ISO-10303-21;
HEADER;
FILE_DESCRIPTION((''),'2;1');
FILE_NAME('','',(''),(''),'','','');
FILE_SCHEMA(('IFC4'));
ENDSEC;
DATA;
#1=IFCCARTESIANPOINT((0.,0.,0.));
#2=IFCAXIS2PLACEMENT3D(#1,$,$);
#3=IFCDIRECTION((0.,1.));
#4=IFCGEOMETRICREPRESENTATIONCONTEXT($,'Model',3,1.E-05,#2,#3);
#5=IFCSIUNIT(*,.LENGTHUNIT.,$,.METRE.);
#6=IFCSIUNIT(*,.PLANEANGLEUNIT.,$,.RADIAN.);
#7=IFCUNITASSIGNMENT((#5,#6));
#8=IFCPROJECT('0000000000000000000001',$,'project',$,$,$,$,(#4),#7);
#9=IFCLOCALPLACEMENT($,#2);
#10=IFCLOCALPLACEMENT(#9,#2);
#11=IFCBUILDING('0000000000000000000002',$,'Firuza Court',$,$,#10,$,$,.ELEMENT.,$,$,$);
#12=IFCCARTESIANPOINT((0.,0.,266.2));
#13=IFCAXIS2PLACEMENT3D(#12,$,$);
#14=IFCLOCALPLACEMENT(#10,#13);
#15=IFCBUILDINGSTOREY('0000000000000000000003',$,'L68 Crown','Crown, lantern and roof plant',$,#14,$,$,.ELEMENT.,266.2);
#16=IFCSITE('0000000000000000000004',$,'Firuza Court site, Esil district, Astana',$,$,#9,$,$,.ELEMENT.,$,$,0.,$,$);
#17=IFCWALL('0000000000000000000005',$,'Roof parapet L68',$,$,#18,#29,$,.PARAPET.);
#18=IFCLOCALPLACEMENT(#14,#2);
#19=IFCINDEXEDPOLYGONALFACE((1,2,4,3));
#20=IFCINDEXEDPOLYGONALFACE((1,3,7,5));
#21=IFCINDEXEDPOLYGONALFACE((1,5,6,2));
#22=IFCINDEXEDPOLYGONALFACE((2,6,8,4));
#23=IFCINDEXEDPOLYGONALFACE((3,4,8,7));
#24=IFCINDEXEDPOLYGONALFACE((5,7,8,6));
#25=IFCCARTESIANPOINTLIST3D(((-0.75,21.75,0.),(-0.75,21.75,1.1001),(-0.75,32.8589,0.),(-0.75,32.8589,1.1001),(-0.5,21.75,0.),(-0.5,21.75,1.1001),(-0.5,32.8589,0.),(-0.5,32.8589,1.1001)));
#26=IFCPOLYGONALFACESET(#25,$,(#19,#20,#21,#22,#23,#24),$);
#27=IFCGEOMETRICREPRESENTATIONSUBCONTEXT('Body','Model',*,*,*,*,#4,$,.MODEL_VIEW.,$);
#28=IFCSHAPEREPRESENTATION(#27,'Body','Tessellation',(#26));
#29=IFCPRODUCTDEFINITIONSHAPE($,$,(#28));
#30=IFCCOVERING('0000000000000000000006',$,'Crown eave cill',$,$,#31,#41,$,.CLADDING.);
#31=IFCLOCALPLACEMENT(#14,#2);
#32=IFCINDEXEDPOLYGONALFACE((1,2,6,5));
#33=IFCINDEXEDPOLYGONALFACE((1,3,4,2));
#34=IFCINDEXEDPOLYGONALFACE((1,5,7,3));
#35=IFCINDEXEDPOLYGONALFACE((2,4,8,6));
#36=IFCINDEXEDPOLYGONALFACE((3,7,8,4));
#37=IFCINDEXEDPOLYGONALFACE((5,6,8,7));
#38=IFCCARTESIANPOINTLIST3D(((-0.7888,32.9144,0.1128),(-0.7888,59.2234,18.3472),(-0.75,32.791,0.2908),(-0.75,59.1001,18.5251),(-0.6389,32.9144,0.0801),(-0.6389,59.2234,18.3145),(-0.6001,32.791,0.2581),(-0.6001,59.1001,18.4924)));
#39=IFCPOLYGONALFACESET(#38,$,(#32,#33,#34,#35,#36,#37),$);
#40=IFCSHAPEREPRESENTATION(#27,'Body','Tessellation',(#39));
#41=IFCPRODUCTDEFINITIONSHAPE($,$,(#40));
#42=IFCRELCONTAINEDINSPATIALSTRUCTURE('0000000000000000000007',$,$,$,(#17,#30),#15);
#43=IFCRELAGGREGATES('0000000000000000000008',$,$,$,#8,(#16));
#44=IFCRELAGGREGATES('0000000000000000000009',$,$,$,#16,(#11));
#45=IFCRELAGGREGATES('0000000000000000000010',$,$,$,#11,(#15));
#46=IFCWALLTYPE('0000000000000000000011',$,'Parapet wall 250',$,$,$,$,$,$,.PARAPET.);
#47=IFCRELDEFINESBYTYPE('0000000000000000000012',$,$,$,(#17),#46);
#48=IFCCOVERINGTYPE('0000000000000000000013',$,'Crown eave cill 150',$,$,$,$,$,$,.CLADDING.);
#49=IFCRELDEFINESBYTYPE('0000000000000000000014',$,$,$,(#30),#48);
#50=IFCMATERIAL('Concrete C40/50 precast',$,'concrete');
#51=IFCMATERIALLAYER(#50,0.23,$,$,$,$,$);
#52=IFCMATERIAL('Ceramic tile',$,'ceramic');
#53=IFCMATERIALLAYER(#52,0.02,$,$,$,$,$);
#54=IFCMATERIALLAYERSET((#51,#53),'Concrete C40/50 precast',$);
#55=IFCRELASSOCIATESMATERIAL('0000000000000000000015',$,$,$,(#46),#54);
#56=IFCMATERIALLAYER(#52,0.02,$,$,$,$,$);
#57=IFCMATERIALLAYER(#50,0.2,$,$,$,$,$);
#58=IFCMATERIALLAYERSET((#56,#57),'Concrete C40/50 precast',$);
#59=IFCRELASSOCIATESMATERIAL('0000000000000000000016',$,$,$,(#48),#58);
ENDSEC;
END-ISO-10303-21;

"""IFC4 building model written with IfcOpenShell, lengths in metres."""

from ifc_helpers import new_model, si_unit, direction, frame, frame_2d, origin, place, context, subcontext, project, spatial, polyline, rectangle, outline, extrude, material, layer, layer_set, type_object, element, save


model = new_model("IFC4")

# Units and contexts
model_context = context("Model", 3, precision=1e-05, world=origin(), true_north=direction((0.0, 1.0)))
body_context = subcontext(model_context, "Body", "Model", "MODEL_VIEW")
ifc_project = project(units=[si_unit("LENGTHUNIT", "METRE"), si_unit("PLANEANGLEUNIT", "RADIAN")], contexts=[model_context])

# Site, building, storey
site_placement = place(None, origin())
site = spatial("IfcSite", under=ifc_project, at=site_placement, Name="Firuza Court site, Esil district, Astana", CompositionType="ELEMENT", RefElevation=0.0)
building_placement = place(site_placement, origin())
building = spatial("IfcBuilding", under=site, at=building_placement, Name="Firuza Court", CompositionType="ELEMENT")
storey_placement = place(building_placement, frame((0.0, 0.0, 266.2)))
storey = spatial("IfcBuildingStorey", under=building, at=storey_placement, Name="L68 Crown", Description="Crown, lantern and roof plant", CompositionType="ELEMENT", Elevation=266.2)

# Shared definitions
ifc_material_1 = material(Name="Ceramic tile", Category="ceramic")
ifc_material_2 = material(Name="Concrete C40/50 precast", Category="concrete")

# Wall
ifc_layer_1 = layer(ifc_material_2, 0.23)
ifc_layer_2 = layer(ifc_material_1, 0.02)
ifc_layer_set_1 = layer_set([ifc_layer_1, ifc_layer_2], Name="Concrete C40/50 precast")
wall_type_1 = type_object("IfcWallType", Name="Parapet wall 250", PredefinedType="PARAPET", material=ifc_layer_set_1)
wall_1_placement = place(storey_placement, frame((-0.625, 32.8589, 0.0), z_axis=(0.0, 0.0, 1.0), x_axis=(0.0, -1.0, 0.0)))
element("IfcWall", 1, at=wall_1_placement, inside=storey, type_object=wall_type_1, Name="Roof parapet L68", PredefinedType="PARAPET", context=body_context, shape_type="SweptSolid", body=[
    extrude(rectangle(XDim=11.1089, YDim=0.25, at=frame_2d((5.5544, 0.0))), origin(), (0.0, 0.0, 1.0), 1.1001),
])

# Covering
ifc_layer_3 = layer(ifc_material_1, 0.02)
ifc_layer_4 = layer(ifc_material_2, 0.2)
ifc_layer_set_2 = layer_set([ifc_layer_3, ifc_layer_4], Name="Concrete C40/50 precast")
covering_type = type_object("IfcCoveringType", Name="Crown eave cill 150", PredefinedType="CLADDING", material=ifc_layer_set_2)
covering_placement = place(storey_placement, frame((-0.6001, 32.791, 0.2581), z_axis=(0.176553, -0.560692, 0.808983), x_axis=(-0.977004, 0.0, 0.213222)))
element("IfcCovering", 2, at=covering_placement, inside=storey, type_object=covering_type, Name="Crown eave cill", PredefinedType="CLADDING", context=body_context, shape_type="SweptSolid", body=[
    extrude(outline(polyline([(0.0, 0.0), (0.1534, 0.0), (4.0414, -31.7733), (3.888, -31.7733), (0.0, 0.0)])), origin(), (0.0, 0.0, -1.0), 0.22),
])

save(model, "model.ifc")
